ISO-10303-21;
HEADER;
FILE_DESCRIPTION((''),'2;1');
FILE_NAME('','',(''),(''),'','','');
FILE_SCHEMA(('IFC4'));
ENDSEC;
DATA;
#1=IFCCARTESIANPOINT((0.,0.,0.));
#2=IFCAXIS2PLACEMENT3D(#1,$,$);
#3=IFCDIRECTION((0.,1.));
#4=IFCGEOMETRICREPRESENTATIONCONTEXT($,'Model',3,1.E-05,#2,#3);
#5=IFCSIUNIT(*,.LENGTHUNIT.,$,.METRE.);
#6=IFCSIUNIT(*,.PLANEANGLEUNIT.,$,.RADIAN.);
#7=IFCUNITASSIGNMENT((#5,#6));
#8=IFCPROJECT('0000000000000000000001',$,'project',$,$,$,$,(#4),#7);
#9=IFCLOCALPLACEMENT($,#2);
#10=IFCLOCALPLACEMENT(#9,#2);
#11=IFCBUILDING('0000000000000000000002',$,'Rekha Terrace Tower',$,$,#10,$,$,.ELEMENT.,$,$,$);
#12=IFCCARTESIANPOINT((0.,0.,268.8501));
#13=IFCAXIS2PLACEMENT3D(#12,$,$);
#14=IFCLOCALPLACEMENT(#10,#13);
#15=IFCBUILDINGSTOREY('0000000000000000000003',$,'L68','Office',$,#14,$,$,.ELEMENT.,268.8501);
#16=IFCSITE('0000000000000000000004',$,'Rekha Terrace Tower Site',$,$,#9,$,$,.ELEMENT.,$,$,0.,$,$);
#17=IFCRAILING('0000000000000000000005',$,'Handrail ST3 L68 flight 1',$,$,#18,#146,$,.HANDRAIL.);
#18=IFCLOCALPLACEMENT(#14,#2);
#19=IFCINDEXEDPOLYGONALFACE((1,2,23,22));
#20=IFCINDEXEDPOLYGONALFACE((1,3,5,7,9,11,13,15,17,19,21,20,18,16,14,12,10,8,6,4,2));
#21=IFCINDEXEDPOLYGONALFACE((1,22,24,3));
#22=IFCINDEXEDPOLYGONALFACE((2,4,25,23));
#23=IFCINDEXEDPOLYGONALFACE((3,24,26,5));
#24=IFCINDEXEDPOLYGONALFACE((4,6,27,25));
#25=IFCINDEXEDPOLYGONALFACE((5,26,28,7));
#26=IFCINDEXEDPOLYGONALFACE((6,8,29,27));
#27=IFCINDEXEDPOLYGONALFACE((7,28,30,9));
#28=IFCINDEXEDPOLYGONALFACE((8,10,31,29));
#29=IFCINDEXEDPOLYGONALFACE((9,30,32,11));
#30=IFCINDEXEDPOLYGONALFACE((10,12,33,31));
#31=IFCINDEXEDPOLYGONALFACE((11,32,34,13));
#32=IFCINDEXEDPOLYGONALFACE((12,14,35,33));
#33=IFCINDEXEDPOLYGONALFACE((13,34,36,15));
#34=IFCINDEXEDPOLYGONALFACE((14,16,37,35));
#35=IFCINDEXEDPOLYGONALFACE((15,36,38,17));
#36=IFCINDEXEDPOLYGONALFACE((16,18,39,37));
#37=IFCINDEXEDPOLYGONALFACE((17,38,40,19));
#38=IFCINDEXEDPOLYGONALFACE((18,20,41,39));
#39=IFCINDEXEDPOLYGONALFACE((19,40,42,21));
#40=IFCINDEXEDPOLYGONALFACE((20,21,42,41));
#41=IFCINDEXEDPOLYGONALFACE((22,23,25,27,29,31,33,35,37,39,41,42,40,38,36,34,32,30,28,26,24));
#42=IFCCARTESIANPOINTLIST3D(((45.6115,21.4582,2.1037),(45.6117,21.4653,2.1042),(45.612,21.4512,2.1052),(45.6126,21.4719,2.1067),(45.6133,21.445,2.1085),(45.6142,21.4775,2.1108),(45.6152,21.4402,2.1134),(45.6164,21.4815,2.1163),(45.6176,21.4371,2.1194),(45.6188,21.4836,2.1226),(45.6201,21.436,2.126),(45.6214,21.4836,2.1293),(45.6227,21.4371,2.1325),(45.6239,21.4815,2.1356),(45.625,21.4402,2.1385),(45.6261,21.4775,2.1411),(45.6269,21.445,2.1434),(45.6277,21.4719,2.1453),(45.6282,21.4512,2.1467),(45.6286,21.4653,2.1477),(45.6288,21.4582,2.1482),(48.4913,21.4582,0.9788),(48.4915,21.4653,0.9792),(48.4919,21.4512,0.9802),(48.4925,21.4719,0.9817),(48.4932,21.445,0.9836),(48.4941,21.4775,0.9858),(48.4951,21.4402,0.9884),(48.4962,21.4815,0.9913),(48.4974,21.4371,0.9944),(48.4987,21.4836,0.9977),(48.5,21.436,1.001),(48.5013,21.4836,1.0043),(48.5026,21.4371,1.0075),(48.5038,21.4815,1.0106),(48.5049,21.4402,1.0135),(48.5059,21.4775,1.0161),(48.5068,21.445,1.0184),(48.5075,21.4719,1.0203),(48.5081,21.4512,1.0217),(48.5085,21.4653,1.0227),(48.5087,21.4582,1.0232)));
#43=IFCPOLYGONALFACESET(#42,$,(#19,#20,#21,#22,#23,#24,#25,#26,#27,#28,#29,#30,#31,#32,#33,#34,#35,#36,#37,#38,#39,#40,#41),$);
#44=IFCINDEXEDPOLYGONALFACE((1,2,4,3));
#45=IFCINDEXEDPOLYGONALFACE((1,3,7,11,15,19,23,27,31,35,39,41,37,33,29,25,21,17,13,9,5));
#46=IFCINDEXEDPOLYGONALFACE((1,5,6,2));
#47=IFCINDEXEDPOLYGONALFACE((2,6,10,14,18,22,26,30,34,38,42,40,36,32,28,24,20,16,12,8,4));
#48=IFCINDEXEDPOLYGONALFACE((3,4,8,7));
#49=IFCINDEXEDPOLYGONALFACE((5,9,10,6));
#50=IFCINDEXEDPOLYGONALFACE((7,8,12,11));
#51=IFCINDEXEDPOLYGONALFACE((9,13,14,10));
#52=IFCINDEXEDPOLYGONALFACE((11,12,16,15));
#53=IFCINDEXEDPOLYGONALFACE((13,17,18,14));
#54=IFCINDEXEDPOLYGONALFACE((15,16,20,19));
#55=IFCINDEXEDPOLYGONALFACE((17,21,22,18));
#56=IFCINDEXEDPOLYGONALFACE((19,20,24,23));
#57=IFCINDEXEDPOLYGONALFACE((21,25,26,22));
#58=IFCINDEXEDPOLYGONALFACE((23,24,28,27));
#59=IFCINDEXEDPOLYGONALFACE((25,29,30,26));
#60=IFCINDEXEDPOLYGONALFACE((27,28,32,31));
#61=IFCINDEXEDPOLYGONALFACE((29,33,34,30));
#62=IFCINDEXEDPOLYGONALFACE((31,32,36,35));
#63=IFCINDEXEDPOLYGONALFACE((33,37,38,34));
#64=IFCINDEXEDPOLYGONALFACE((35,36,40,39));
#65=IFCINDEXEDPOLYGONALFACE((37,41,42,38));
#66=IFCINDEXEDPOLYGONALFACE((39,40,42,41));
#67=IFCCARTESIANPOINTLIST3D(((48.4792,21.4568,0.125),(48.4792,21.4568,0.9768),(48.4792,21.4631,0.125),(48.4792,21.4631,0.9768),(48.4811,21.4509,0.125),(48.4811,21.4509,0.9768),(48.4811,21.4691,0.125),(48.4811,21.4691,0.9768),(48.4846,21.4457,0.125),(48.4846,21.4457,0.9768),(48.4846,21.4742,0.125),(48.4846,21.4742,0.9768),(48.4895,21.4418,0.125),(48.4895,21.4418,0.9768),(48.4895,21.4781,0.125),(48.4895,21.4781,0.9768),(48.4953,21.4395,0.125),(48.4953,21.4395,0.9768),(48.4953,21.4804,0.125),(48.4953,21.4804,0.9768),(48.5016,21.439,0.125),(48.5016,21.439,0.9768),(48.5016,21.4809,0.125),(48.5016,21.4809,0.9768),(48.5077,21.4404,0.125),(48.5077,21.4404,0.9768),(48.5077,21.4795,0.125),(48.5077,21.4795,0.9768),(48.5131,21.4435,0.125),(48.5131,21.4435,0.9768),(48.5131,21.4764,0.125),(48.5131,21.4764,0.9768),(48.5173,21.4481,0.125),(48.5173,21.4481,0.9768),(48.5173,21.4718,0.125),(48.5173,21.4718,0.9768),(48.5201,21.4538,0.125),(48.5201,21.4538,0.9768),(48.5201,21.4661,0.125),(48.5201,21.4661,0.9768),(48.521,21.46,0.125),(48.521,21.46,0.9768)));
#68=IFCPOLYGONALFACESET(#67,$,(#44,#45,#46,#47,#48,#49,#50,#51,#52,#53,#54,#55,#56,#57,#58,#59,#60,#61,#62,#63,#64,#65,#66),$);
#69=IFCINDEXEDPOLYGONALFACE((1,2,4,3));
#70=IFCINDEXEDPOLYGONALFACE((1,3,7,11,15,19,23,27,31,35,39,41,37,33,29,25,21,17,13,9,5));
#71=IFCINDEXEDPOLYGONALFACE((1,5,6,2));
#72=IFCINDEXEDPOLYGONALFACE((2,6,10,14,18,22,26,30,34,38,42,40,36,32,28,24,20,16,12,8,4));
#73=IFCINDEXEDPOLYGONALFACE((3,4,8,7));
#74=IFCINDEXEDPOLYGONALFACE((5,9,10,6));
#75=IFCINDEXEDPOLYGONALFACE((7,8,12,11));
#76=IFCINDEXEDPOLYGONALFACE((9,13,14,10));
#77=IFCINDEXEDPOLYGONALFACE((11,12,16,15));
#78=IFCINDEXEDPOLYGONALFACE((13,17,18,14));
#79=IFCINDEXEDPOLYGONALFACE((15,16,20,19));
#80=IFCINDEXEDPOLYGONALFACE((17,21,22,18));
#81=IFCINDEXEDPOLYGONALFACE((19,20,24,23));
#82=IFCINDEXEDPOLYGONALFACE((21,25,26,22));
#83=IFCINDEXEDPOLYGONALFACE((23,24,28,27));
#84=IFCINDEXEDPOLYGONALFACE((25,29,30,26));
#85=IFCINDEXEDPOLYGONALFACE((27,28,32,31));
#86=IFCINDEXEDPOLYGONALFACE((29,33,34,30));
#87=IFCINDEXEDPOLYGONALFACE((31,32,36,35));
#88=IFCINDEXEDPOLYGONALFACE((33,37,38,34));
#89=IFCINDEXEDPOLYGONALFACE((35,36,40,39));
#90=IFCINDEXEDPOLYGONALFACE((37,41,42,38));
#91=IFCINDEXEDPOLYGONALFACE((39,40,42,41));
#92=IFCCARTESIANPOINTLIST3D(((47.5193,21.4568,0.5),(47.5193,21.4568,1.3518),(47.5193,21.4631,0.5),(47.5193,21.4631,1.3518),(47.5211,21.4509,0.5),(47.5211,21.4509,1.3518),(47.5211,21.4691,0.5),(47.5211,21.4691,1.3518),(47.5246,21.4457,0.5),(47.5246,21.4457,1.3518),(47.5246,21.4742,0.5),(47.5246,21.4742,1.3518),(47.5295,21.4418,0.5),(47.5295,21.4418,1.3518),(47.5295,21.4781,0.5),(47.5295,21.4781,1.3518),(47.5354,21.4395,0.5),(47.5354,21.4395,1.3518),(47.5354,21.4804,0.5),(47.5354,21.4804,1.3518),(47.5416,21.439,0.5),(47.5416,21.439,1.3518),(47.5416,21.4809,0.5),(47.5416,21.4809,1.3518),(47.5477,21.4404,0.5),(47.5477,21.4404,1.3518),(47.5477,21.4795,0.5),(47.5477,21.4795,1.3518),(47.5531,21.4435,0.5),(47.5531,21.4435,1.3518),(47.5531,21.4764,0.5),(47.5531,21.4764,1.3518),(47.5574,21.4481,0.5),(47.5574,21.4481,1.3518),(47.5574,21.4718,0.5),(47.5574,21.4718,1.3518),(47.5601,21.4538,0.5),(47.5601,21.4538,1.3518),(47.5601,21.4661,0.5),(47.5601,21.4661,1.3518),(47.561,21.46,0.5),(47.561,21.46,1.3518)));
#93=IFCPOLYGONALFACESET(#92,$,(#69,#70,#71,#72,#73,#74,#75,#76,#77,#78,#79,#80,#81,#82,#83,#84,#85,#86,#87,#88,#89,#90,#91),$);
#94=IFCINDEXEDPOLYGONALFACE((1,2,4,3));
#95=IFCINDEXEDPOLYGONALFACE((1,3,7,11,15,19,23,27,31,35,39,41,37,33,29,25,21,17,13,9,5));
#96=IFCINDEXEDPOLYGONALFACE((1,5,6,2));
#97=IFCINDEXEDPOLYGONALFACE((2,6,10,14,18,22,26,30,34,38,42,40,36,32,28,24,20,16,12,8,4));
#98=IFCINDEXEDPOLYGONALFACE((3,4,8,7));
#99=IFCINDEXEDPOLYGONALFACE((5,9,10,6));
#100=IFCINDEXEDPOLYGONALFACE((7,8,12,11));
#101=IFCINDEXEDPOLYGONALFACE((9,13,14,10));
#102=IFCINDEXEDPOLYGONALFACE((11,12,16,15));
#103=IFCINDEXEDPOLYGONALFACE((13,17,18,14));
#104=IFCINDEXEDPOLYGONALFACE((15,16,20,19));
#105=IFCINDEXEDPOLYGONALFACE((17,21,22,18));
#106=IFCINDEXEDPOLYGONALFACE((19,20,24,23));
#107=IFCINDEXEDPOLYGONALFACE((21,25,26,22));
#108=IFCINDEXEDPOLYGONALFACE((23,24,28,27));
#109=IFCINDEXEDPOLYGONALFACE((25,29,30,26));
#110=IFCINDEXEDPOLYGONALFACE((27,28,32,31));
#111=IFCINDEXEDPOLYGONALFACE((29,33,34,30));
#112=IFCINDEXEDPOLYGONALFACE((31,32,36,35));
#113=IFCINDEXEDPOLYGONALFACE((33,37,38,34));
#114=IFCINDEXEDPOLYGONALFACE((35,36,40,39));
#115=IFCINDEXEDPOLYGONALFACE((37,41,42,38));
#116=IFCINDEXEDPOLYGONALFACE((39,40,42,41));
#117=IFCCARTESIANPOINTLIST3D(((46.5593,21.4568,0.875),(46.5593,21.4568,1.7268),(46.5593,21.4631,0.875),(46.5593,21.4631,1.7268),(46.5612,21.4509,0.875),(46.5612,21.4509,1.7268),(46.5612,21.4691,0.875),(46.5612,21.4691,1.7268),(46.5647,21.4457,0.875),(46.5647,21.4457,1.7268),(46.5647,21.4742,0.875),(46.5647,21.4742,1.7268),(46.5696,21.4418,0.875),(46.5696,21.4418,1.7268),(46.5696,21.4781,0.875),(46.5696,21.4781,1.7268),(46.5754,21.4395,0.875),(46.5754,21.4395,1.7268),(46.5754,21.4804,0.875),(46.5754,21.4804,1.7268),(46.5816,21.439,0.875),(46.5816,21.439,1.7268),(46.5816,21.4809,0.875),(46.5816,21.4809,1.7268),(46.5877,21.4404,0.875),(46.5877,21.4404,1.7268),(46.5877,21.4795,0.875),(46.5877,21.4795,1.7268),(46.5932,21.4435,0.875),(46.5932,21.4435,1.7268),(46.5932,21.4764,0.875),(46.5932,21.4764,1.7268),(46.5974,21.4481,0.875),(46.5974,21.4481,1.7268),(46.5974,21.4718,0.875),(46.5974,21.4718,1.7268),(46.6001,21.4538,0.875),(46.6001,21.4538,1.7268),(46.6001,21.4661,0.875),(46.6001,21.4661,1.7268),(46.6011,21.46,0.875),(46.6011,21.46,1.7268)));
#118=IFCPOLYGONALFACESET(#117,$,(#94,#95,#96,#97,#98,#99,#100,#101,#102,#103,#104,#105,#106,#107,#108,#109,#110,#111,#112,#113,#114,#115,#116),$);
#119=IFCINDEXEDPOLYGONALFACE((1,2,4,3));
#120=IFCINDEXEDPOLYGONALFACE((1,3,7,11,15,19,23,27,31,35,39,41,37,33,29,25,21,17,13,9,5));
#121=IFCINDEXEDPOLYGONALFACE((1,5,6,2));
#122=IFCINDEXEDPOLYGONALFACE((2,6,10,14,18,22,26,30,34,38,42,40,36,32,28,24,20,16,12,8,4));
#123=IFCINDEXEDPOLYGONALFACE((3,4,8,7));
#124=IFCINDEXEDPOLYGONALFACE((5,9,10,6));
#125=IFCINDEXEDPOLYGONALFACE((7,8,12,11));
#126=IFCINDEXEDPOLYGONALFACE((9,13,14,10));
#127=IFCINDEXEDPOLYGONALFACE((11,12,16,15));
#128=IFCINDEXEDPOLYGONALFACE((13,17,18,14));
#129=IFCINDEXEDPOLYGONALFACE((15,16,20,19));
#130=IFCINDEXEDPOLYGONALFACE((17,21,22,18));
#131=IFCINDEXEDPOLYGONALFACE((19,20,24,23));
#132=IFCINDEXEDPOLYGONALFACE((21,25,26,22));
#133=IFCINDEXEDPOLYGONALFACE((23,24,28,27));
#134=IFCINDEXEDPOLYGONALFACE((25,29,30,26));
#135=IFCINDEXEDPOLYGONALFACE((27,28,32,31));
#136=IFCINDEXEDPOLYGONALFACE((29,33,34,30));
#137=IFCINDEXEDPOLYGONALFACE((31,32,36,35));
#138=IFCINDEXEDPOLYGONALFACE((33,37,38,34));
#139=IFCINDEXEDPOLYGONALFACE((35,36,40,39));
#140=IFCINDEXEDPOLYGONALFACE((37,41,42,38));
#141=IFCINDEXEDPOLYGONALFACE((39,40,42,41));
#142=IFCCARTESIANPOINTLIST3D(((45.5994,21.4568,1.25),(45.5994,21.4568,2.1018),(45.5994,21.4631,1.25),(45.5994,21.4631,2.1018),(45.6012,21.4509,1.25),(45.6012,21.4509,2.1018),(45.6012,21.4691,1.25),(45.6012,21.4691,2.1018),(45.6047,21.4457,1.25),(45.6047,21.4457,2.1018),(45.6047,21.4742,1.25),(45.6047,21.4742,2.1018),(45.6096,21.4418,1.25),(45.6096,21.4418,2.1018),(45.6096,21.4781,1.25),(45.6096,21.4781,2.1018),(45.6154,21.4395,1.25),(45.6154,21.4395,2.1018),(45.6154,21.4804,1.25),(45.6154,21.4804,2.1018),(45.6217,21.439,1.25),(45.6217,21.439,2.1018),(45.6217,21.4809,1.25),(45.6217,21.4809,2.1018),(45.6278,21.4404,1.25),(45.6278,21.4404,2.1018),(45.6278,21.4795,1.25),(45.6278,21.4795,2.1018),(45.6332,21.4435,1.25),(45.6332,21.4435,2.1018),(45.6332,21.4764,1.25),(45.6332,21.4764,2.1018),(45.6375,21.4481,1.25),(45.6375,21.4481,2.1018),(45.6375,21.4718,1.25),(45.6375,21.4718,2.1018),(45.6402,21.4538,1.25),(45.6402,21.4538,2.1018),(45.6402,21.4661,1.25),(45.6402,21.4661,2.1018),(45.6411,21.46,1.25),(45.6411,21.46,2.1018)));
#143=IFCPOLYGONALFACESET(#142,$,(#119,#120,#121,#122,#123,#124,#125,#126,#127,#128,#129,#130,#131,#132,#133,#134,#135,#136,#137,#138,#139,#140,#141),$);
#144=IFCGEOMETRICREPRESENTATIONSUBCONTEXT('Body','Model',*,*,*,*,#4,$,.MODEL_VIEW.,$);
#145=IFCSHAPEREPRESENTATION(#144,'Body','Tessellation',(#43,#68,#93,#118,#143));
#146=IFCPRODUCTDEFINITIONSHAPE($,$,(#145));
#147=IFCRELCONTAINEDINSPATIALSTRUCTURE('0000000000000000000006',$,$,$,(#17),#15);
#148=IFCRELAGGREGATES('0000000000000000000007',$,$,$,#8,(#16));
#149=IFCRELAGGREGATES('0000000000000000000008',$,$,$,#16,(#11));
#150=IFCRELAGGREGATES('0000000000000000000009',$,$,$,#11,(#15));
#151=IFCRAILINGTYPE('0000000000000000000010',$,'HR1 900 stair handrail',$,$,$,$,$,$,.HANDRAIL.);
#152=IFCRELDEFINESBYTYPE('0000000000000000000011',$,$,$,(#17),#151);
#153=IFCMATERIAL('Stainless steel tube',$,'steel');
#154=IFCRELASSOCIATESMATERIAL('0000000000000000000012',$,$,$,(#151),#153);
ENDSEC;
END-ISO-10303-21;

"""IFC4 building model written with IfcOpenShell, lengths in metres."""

from ifc_helpers import new_model, si_unit, direction, frame, origin, origin_2d, place, context, subcontext, project, spatial, circle, extrude, material, type_object, element, save


model = new_model("IFC4")

# Units and contexts
model_context = context("Model", 3, precision=1e-05, world=origin(), true_north=direction((0.0, 1.0)))
body_context = subcontext(model_context, "Body", "Model", "MODEL_VIEW")
ifc_project = project(units=[si_unit("LENGTHUNIT", "METRE"), si_unit("PLANEANGLEUNIT", "RADIAN")], contexts=[model_context])

# Site, building, storey
site_placement = place(None, origin())
site = spatial("IfcSite", under=ifc_project, at=site_placement, Name="Rekha Terrace Tower Site", CompositionType="ELEMENT", RefElevation=0.0)
building_placement = place(site_placement, origin())
building = spatial("IfcBuilding", under=site, at=building_placement, Name="Rekha Terrace Tower", CompositionType="ELEMENT")
storey_placement = place(building_placement, frame((0.0, 0.0, 268.8501)))
storey = spatial("IfcBuildingStorey", under=building, at=storey_placement, Name="L68", Description="Office", CompositionType="ELEMENT", Elevation=268.8501)

# Railing
ifc_material_1 = material(Name="Stainless steel tube", Category="steel")
railing_type_1 = type_object("IfcRailingType", Name="HR1 900 stair handrail", PredefinedType="HANDRAIL", material=ifc_material_1)
railing_1_placement = place(storey_placement, frame((48.5, 21.46, 0.125)))
element("IfcRailing", 1, at=railing_1_placement, inside=storey, type_object=railing_type_1, Name="Handrail ST3 L68 flight 1", PredefinedType="HANDRAIL", context=body_context, shape_type="SweptSolid", body=[
    extrude(circle(Radius=0.0239, at=origin_2d()), frame((0.0, 0.0, 0.876), z_axis=(-0.931452, 0.0, 0.363863), x_axis=(0.0, -1.0, 0.0)), (0.0, 0.0, 1.0), 3.0918),
    extrude(circle(Radius=0.021, at=origin_2d()), origin(), (0.0, 0.0, 1.0), 0.8518),
    extrude(circle(Radius=0.021, at=origin_2d()), frame((-0.96, 0.0, 0.375)), (0.0, 0.0, 1.0), 0.8518),
    extrude(circle(Radius=0.021, at=origin_2d()), frame((-1.9199, 0.0, 0.75)), (0.0, 0.0, 1.0), 0.8518),
    extrude(circle(Radius=0.021, at=origin_2d()), frame((-2.8799, 0.0, 1.125)), (0.0, 0.0, 1.0), 0.8518),
])

save(model, "model.ifc")
